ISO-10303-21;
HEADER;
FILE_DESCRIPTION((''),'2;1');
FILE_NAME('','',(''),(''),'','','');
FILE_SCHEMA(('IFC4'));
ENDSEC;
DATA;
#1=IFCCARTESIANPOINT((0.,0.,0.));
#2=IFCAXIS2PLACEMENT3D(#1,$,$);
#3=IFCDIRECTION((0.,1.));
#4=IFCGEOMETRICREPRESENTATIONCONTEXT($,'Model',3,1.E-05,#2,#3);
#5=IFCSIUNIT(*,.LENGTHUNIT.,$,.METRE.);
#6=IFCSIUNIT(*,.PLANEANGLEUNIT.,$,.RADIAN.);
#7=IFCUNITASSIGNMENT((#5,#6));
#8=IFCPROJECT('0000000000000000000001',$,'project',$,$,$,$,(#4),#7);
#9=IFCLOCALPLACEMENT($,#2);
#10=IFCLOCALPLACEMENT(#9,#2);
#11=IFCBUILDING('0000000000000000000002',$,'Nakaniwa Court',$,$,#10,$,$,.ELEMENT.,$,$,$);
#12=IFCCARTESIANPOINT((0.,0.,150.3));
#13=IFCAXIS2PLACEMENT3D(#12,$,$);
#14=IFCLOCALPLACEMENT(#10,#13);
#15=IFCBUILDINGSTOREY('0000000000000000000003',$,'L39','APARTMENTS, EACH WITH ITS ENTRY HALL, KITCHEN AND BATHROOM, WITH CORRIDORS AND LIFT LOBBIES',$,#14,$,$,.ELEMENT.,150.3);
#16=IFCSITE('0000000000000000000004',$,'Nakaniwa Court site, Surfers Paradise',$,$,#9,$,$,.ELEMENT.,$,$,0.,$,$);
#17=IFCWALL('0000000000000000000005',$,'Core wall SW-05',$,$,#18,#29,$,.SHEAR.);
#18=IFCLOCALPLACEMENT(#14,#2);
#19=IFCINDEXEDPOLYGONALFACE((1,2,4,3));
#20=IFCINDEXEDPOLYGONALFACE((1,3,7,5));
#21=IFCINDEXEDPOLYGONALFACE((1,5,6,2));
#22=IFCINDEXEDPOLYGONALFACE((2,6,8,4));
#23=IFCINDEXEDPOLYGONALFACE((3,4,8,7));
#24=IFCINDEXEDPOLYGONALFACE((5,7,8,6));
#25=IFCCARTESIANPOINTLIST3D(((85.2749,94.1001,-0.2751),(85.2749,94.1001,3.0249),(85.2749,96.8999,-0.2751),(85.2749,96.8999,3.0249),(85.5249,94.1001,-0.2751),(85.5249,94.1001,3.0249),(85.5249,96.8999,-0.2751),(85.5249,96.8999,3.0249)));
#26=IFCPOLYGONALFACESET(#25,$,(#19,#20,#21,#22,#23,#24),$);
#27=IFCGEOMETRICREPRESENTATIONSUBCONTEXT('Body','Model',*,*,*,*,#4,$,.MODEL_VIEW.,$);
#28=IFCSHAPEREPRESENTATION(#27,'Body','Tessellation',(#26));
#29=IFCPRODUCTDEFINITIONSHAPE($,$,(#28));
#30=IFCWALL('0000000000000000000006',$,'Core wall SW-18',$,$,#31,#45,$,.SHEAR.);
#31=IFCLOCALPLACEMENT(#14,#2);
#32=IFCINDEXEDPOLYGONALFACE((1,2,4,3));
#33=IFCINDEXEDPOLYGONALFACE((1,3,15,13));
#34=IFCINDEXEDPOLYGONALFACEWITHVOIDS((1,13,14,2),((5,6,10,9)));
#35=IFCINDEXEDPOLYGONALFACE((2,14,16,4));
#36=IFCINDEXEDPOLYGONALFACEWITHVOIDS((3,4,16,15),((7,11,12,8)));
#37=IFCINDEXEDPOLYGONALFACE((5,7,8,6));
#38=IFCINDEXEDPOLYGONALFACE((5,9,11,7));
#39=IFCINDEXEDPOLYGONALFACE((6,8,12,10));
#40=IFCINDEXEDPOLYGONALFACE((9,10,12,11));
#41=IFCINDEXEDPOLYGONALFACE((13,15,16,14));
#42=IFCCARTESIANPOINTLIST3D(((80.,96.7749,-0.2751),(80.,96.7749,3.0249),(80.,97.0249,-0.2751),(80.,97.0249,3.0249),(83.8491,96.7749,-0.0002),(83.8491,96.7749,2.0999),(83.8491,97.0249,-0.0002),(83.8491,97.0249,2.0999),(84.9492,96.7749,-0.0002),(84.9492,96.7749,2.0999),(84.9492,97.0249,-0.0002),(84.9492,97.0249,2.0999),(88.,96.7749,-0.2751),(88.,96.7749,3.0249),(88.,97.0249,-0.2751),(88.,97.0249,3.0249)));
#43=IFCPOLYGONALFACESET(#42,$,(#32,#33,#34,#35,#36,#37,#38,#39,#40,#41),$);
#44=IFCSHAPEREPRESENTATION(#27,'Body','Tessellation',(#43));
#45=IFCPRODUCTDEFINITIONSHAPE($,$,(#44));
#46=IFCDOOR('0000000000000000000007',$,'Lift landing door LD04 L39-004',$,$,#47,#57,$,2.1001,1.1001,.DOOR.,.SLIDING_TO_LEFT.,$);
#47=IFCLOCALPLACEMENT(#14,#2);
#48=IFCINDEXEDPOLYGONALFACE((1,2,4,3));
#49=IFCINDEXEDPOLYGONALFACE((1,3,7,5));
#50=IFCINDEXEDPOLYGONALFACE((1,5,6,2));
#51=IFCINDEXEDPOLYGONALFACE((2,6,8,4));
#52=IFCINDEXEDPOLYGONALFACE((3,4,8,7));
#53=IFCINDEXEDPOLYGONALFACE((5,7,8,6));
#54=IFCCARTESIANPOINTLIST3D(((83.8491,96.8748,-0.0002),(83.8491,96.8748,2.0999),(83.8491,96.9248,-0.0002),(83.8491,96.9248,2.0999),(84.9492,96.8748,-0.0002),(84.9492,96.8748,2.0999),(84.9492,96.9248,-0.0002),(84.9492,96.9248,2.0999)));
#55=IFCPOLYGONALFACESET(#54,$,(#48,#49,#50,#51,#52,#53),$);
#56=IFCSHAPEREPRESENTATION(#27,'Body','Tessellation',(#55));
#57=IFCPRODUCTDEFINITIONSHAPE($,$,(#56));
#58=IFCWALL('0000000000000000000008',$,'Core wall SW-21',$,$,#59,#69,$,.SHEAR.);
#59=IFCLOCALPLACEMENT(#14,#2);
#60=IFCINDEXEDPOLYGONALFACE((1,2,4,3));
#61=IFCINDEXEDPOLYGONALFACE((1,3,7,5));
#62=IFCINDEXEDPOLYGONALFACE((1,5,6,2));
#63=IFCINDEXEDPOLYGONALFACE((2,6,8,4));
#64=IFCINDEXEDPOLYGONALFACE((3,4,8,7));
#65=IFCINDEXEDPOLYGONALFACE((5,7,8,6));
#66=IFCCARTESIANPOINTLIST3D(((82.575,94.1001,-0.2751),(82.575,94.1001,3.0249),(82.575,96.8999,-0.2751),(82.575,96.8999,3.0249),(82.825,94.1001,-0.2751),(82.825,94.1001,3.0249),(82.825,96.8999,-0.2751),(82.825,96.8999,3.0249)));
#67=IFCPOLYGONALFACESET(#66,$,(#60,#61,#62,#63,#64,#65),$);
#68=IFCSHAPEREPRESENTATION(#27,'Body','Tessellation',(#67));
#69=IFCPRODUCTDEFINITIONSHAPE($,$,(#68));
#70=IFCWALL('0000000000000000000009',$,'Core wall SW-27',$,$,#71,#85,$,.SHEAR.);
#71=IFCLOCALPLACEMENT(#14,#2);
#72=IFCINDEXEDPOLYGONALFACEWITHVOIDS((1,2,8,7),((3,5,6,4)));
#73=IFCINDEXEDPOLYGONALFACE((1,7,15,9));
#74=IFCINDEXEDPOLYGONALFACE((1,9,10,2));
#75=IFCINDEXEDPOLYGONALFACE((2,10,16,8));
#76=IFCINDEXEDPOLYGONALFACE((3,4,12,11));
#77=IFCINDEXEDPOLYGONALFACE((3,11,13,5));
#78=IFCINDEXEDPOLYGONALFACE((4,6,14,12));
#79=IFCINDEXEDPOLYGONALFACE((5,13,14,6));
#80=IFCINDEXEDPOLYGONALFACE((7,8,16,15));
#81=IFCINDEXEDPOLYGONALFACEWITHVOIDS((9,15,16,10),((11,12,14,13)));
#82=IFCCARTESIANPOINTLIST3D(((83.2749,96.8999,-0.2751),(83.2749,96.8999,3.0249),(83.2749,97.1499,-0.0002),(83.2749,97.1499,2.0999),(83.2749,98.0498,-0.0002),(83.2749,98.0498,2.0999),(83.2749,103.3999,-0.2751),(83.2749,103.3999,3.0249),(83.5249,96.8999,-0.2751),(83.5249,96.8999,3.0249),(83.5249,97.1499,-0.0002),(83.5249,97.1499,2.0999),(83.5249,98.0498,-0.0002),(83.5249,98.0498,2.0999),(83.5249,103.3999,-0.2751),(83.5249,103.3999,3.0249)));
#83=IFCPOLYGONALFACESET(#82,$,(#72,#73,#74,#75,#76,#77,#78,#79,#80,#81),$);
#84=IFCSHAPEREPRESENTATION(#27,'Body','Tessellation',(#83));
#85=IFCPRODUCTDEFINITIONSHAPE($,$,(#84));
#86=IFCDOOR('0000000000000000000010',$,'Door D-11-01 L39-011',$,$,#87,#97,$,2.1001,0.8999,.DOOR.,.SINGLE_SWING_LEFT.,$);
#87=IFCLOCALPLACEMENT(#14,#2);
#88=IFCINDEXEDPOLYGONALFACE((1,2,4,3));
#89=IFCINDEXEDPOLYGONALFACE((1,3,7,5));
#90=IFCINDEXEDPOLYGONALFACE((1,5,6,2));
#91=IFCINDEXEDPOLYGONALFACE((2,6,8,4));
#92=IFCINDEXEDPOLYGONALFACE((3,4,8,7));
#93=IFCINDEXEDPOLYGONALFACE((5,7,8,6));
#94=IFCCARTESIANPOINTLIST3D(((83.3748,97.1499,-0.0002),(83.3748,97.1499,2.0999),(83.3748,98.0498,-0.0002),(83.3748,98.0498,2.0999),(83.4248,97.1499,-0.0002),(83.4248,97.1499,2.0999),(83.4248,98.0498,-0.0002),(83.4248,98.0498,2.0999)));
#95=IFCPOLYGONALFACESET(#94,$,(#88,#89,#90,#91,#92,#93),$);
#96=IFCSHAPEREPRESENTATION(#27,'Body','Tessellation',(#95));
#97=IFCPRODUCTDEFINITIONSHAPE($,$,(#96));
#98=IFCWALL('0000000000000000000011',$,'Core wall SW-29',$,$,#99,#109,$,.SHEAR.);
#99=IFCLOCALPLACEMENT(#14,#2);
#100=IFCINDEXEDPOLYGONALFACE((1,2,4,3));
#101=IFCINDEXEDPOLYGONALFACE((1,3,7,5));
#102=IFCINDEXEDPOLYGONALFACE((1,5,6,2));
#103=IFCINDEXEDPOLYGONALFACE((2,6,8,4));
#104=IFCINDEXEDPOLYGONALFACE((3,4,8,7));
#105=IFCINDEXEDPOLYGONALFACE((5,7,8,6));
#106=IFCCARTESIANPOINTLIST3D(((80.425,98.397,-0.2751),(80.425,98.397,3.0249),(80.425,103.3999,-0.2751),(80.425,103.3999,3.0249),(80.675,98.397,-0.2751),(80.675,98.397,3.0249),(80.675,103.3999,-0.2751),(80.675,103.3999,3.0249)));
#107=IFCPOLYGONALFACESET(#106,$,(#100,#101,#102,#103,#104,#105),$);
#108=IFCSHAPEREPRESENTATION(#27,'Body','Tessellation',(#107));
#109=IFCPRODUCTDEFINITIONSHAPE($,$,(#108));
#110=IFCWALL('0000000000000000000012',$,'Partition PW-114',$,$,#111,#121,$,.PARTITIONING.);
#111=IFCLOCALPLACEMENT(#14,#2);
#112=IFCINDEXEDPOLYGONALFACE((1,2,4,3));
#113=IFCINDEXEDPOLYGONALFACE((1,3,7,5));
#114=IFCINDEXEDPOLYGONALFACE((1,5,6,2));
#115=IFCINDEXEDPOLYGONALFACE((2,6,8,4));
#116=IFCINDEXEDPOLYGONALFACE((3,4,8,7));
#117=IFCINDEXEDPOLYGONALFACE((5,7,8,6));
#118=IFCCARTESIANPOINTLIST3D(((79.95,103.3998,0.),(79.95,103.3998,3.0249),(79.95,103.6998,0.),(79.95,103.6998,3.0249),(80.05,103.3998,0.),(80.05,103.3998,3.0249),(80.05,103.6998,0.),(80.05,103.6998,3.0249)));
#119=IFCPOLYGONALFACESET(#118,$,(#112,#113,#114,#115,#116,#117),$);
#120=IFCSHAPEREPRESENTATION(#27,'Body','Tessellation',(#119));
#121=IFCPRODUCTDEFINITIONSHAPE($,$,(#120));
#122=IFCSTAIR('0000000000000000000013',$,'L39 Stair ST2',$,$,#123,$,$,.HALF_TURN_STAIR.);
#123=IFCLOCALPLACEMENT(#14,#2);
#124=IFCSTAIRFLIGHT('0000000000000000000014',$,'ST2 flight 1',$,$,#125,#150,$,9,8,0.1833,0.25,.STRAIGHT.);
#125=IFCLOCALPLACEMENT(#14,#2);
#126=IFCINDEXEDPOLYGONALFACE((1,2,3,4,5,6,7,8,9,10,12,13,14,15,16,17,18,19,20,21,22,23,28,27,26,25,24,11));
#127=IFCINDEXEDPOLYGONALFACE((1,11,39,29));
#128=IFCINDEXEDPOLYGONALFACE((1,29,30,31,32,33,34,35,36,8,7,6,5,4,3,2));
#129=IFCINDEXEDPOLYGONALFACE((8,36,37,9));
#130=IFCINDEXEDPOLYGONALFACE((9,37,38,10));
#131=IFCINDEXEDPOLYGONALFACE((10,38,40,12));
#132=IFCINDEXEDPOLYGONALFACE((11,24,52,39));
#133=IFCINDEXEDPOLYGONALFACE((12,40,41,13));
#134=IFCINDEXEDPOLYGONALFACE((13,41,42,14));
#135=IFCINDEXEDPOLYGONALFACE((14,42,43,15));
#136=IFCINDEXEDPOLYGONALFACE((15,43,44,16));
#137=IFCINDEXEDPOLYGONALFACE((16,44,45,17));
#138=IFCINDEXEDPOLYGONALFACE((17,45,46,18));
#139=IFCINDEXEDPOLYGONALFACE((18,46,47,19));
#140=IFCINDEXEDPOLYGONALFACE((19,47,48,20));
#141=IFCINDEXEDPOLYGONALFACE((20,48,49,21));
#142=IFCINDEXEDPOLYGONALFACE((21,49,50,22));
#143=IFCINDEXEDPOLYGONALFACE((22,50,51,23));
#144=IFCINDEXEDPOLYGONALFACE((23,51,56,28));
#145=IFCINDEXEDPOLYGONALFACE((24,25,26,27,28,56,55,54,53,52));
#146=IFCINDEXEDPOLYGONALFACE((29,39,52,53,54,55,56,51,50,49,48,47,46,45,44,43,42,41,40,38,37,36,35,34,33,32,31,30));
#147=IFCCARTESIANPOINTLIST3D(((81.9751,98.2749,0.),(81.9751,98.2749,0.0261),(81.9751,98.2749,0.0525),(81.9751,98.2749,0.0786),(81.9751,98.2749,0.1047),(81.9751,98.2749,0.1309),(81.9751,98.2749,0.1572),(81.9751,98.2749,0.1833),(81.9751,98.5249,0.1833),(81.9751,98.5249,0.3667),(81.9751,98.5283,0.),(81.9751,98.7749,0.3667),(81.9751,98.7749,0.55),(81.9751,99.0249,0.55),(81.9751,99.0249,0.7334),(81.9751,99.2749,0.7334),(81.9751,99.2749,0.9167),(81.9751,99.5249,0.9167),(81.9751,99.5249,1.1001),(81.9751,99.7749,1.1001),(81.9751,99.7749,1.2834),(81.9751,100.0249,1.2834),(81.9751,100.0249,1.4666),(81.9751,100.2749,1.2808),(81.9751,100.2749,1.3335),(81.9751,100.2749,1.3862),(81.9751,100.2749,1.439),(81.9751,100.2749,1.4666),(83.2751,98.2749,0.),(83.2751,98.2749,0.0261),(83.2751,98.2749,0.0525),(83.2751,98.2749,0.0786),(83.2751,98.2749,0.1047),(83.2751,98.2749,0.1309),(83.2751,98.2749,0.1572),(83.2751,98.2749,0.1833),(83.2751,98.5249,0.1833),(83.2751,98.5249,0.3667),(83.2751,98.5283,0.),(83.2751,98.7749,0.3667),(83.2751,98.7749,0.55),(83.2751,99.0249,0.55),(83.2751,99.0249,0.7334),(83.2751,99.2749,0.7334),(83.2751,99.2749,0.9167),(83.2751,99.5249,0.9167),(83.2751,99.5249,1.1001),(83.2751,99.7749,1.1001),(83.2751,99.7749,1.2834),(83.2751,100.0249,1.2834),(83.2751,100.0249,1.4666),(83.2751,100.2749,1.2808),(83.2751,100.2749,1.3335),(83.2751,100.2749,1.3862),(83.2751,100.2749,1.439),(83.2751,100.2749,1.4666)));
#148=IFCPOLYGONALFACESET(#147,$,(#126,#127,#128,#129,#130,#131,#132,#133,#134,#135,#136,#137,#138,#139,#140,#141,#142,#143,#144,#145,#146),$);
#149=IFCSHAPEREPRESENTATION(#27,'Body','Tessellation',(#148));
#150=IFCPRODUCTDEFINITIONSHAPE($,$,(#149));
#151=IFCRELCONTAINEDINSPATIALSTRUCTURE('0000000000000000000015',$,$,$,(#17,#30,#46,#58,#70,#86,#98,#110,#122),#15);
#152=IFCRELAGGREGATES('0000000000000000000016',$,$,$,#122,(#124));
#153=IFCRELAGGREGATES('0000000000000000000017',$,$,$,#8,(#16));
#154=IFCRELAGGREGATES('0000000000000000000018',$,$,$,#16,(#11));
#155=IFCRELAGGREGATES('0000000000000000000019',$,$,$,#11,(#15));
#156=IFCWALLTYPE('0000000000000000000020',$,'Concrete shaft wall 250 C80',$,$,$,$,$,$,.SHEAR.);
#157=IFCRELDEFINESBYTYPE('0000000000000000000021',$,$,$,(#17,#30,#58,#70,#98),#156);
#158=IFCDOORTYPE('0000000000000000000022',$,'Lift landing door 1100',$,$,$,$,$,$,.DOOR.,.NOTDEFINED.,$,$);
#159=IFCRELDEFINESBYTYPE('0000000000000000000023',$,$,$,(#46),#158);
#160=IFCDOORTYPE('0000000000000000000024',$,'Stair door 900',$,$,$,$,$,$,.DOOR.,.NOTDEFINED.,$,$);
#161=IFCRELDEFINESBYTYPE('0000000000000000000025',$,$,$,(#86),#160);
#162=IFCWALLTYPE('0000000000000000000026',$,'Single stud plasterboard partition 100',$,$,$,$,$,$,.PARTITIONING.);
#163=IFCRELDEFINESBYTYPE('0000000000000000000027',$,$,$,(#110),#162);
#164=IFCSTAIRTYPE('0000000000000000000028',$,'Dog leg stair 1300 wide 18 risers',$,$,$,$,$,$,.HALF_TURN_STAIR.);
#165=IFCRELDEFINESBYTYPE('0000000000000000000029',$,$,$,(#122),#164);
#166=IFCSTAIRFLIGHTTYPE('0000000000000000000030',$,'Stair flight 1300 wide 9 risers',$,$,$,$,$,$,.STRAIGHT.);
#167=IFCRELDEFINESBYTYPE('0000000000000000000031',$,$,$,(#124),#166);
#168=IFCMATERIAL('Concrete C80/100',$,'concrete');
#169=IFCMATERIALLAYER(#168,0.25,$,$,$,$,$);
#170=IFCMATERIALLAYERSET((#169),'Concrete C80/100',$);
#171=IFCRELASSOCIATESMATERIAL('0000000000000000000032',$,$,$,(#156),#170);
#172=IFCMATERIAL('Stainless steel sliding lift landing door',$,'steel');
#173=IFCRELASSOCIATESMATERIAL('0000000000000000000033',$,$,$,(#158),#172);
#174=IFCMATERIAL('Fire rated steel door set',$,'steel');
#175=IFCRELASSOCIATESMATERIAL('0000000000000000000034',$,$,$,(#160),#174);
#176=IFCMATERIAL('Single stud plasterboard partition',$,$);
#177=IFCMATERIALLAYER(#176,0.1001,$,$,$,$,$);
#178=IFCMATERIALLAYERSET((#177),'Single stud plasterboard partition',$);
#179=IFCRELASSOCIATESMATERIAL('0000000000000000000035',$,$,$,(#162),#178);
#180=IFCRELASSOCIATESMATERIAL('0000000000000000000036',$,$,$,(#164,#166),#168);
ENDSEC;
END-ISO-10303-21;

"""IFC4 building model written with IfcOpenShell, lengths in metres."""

from ifc_helpers import new_model, si_unit, direction, frame, frame_2d, origin, place, context, subcontext, project, spatial, polyline, rectangle, outline, extrude, material, layer, layer_set, type_object, element, fill, aggregate, save


model = new_model("IFC4")

# Units and contexts
model_context = context("Model", 3, precision=1e-05, world=origin(), true_north=direction((0.0, 1.0)))
body_context = subcontext(model_context, "Body", "Model", "MODEL_VIEW")
ifc_project = project(units=[si_unit("LENGTHUNIT", "METRE"), si_unit("PLANEANGLEUNIT", "RADIAN")], contexts=[model_context])

# Site, building, storey
site_placement = place(None, origin())
site = spatial("IfcSite", under=ifc_project, at=site_placement, Name="Nakaniwa Court site, Surfers Paradise", CompositionType="ELEMENT", RefElevation=0.0)
building_placement = place(site_placement, origin())
building = spatial("IfcBuilding", under=site, at=building_placement, Name="Nakaniwa Court", CompositionType="ELEMENT")
storey_placement = place(building_placement, frame((0.0, 0.0, 150.3)))
storey = spatial("IfcBuildingStorey", under=building, at=storey_placement, Name="L39", Description="APARTMENTS, EACH WITH ITS ENTRY HALL, KITCHEN AND BATHROOM, WITH CORRIDORS AND LIFT LOBBIES", CompositionType="ELEMENT", Elevation=150.3)

# Shared definitions
ifc_material_1 = material(Name="Fire rated steel door set", Category="steel")

# Shared definitions
ifc_material_2 = material(Name="Concrete C80/100", Category="concrete")

# Wall
ifc_layer_1 = layer(ifc_material_2, 0.25)
ifc_layer_set_1 = layer_set([ifc_layer_1], Name="Concrete C80/100")
wall_type_1 = type_object("IfcWallType", Name="Concrete shaft wall 250 C80", PredefinedType="SHEAR", material=ifc_layer_set_1)
wall_1_placement = place(storey_placement, frame((85.3999, 94.1001, -0.2751), z_axis=(0.0, 0.0, 1.0), x_axis=(0.0, 1.0, 0.0)))
element("IfcWall", 1, at=wall_1_placement, inside=storey, type_object=wall_type_1, Name="Core wall SW-05", PredefinedType="SHEAR", context=body_context, shape_type="SweptSolid", body=[
    extrude(rectangle(XDim=2.7998, YDim=0.25, at=frame_2d((1.3999, 0.0))), origin(), (0.0, 0.0, 1.0), 3.3),
])

# Wall, opening, door
wall_2_placement = place(storey_placement, frame((80.0, 96.8999, -0.2751), z_axis=(0.0, 0.0, 1.0), x_axis=(1.0, 0.0, 0.0)))
wall_2 = element("IfcWall", 2, at=wall_2_placement, inside=storey, type_object=wall_type_1, Name="Core wall SW-18", PredefinedType="SHEAR", context=body_context, shape_type="SweptSolid", body=[
    extrude(rectangle(XDim=8.0, YDim=0.25, at=frame_2d((4.0, 0.0))), origin(), (0.0, 0.0, 1.0), 3.3),
])
opening_1_placement = place(wall_2_placement, frame((3.8491, 0.0, 0.2749)))
opening_1 = element("IfcOpeningElement", 3, at=opening_1_placement, cuts=wall_2, PredefinedType="OPENING", context=body_context, shape_type="SweptSolid", body=[
    extrude(rectangle(XDim=1.1001, YDim=2.1001, at=frame_2d((0.55, 1.05))), frame((0.0, 0.135, 0.0), z_axis=(0.0, -1.0, 0.0), x_axis=(1.0, 0.0, 0.0)), (0.0, 0.0, 1.0), 0.27),
])
ifc_material_3 = material(Name="Stainless steel sliding lift landing door", Category="steel")
door_type_1 = type_object("IfcDoorType", Name="Lift landing door 1100", OperationType="NOTDEFINED", PredefinedType="DOOR", material=ifc_material_3)
door_1_placement = place(opening_1_placement, origin())
door_1 = element("IfcDoor", 4, at=door_1_placement, inside=storey, type_object=door_type_1, Name="Lift landing door LD04 L39-004", OperationType="SLIDING_TO_LEFT", OverallHeight=2.1001, OverallWidth=1.1001, PredefinedType="DOOR", context=body_context, shape_type="SweptSolid", body=[
    extrude(rectangle(XDim=1.1001, YDim=2.1001, at=frame_2d((0.55, 1.05))), frame((0.0, 0.0249, 0.0), z_axis=(0.0, -1.0, 0.0), x_axis=(1.0, 0.0, 0.0)), (0.0, 0.0, 1.0), 0.05),
])
fill(opening_1, door_1)

# Wall
wall_3_placement = place(storey_placement, frame((82.7, 94.1001, -0.2751), z_axis=(0.0, 0.0, 1.0), x_axis=(0.0, 1.0, 0.0)))
element("IfcWall", 5, at=wall_3_placement, inside=storey, type_object=wall_type_1, Name="Core wall SW-21", PredefinedType="SHEAR", context=body_context, shape_type="SweptSolid", body=[
    extrude(rectangle(XDim=2.7998, YDim=0.25, at=frame_2d((1.3999, 0.0))), origin(), (0.0, 0.0, 1.0), 3.3),
])

# Wall, opening, door
wall_4_placement = place(storey_placement, frame((83.3999, 103.3999, -0.2751), z_axis=(0.0, 0.0, 1.0), x_axis=(0.0, -1.0, 0.0)))
wall_4 = element("IfcWall", 6, at=wall_4_placement, inside=storey, type_object=wall_type_1, Name="Core wall SW-27", PredefinedType="SHEAR", context=body_context, shape_type="SweptSolid", body=[
    extrude(rectangle(XDim=6.5, YDim=0.25, at=frame_2d((3.25, 0.0))), origin(), (0.0, 0.0, 1.0), 3.3),
])
opening_2_placement = place(wall_4_placement, frame((5.3501, 0.0, 0.2749)))
opening_2 = element("IfcOpeningElement", 7, at=opening_2_placement, cuts=wall_4, PredefinedType="OPENING", context=body_context, shape_type="SweptSolid", body=[
    extrude(rectangle(XDim=0.8999, YDim=2.1001, at=frame_2d((0.45, 1.05))), frame((0.0, 0.135, 0.0), z_axis=(0.0, -1.0, 0.0), x_axis=(1.0, 0.0, 0.0)), (0.0, 0.0, 1.0), 0.27),
])
door_type_2 = type_object("IfcDoorType", Name="Stair door 900", OperationType="NOTDEFINED", PredefinedType="DOOR", material=ifc_material_1)
door_2_placement = place(opening_2_placement, origin())
door_2 = element("IfcDoor", 8, at=door_2_placement, inside=storey, type_object=door_type_2, Name="Door D-11-01 L39-011", OperationType="SINGLE_SWING_LEFT", OverallHeight=2.1001, OverallWidth=0.8999, PredefinedType="DOOR", context=body_context, shape_type="SweptSolid", body=[
    extrude(rectangle(XDim=0.8999, YDim=2.1001, at=frame_2d((0.45, 1.05))), frame((0.0, 0.0249, 0.0), z_axis=(0.0, -1.0, 0.0), x_axis=(1.0, 0.0, 0.0)), (0.0, 0.0, 1.0), 0.05),
])
fill(opening_2, door_2)

# Walls
wall_5_placement = place(storey_placement, frame((80.55, 98.397, -0.2751), z_axis=(0.0, 0.0, 1.0), x_axis=(0.0, 1.0, 0.0)))
element("IfcWall", 9, at=wall_5_placement, inside=storey, type_object=wall_type_1, Name="Core wall SW-29", PredefinedType="SHEAR", context=body_context, shape_type="SweptSolid", body=[
    extrude(rectangle(XDim=5.0029, YDim=0.25, at=frame_2d((2.5015, 0.0))), origin(), (0.0, 0.0, 1.0), 3.3),
])
ifc_material_4 = material(Name="Single stud plasterboard partition")
ifc_layer_2 = layer(ifc_material_4, 0.1001)
ifc_layer_set_2 = layer_set([ifc_layer_2], Name="Single stud plasterboard partition")
wall_type_2 = type_object("IfcWallType", Name="Single stud plasterboard partition 100", PredefinedType="PARTITIONING", material=ifc_layer_set_2)
wall_6_placement = place(storey_placement, frame((80.0, 103.3999, 0.0), z_axis=(0.0, 0.0, 1.0), x_axis=(0.0, 1.0, 0.0)))
element("IfcWall", 10, at=wall_6_placement, inside=storey, type_object=wall_type_2, Name="Partition PW-114", PredefinedType="PARTITIONING", context=body_context, shape_type="SweptSolid", body=[
    extrude(rectangle(XDim=0.3, YDim=0.1001, at=frame_2d((0.1499, 0.0))), origin(), (0.0, 0.0, 1.0), 3.0249),
])

# Stair, stair flight
stair_type = type_object("IfcStairType", Name="Dog leg stair 1300 wide 18 risers", PredefinedType="HALF_TURN_STAIR", material=ifc_material_2)
stair_placement = place(storey_placement, origin())
stair = element("IfcStair", 11, at=stair_placement, inside=storey, type_object=stair_type, Name="L39 Stair ST2", PredefinedType="HALF_TURN_STAIR")
stair_flight_type = type_object("IfcStairFlightType", Name="Stair flight 1300 wide 9 risers", PredefinedType="STRAIGHT", material=ifc_material_2)
stair_flight_1_placement = place(storey_placement, frame((82.625, 98.2749, 0.0), z_axis=(0.0, 0.0, 1.0), x_axis=(0.0, 1.0, 0.0)))
stair_flight_1 = element("IfcStairFlight", 12, at=stair_flight_1_placement, type_object=stair_flight_type, Name="ST2 flight 1", NumberOfRisers=9, NumberOfTreads=8, PredefinedType="STRAIGHT", RiserHeight=0.1833, TreadLength=0.25, context=body_context, shape_type="SweptSolid", body=[
    extrude(outline(polyline([(0.0, 0.0), (0.0, 0.0261), (0.0, 0.0525), (0.0, 0.0786), (0.0, 0.1047), (0.0, 0.1309), (0.0, 0.1572), (0.0, 0.1833), (0.25, 0.1833), (0.25, 0.3667), (0.5, 0.3667), (0.5, 0.55), (0.75, 0.55), (0.75, 0.7334), (1.0, 0.7334), (1.0, 0.9167), (1.25, 0.9167), (1.25, 1.1001), (1.5, 1.1001), (1.5, 1.2834), (1.75, 1.2834), (1.75, 1.4666), (2.0, 1.4666), (2.0, 1.6499), (2.0, 1.5972), (2.0, 1.5444), (2.0, 1.4917), (2.0, 1.439), (2.0, 1.3862), (2.0, 1.3335), (2.0, 1.2808), (0.2534, 0.0), (0.0, 0.0)])), frame((0.0, 0.6499, 0.0), z_axis=(0.0, -1.0, 0.0), x_axis=(1.0, 0.0, 0.0)), (0.0, 0.0, 1.0), 1.3),
])
aggregate(stair, [stair_flight_1])

save(model, "model.ifc")
